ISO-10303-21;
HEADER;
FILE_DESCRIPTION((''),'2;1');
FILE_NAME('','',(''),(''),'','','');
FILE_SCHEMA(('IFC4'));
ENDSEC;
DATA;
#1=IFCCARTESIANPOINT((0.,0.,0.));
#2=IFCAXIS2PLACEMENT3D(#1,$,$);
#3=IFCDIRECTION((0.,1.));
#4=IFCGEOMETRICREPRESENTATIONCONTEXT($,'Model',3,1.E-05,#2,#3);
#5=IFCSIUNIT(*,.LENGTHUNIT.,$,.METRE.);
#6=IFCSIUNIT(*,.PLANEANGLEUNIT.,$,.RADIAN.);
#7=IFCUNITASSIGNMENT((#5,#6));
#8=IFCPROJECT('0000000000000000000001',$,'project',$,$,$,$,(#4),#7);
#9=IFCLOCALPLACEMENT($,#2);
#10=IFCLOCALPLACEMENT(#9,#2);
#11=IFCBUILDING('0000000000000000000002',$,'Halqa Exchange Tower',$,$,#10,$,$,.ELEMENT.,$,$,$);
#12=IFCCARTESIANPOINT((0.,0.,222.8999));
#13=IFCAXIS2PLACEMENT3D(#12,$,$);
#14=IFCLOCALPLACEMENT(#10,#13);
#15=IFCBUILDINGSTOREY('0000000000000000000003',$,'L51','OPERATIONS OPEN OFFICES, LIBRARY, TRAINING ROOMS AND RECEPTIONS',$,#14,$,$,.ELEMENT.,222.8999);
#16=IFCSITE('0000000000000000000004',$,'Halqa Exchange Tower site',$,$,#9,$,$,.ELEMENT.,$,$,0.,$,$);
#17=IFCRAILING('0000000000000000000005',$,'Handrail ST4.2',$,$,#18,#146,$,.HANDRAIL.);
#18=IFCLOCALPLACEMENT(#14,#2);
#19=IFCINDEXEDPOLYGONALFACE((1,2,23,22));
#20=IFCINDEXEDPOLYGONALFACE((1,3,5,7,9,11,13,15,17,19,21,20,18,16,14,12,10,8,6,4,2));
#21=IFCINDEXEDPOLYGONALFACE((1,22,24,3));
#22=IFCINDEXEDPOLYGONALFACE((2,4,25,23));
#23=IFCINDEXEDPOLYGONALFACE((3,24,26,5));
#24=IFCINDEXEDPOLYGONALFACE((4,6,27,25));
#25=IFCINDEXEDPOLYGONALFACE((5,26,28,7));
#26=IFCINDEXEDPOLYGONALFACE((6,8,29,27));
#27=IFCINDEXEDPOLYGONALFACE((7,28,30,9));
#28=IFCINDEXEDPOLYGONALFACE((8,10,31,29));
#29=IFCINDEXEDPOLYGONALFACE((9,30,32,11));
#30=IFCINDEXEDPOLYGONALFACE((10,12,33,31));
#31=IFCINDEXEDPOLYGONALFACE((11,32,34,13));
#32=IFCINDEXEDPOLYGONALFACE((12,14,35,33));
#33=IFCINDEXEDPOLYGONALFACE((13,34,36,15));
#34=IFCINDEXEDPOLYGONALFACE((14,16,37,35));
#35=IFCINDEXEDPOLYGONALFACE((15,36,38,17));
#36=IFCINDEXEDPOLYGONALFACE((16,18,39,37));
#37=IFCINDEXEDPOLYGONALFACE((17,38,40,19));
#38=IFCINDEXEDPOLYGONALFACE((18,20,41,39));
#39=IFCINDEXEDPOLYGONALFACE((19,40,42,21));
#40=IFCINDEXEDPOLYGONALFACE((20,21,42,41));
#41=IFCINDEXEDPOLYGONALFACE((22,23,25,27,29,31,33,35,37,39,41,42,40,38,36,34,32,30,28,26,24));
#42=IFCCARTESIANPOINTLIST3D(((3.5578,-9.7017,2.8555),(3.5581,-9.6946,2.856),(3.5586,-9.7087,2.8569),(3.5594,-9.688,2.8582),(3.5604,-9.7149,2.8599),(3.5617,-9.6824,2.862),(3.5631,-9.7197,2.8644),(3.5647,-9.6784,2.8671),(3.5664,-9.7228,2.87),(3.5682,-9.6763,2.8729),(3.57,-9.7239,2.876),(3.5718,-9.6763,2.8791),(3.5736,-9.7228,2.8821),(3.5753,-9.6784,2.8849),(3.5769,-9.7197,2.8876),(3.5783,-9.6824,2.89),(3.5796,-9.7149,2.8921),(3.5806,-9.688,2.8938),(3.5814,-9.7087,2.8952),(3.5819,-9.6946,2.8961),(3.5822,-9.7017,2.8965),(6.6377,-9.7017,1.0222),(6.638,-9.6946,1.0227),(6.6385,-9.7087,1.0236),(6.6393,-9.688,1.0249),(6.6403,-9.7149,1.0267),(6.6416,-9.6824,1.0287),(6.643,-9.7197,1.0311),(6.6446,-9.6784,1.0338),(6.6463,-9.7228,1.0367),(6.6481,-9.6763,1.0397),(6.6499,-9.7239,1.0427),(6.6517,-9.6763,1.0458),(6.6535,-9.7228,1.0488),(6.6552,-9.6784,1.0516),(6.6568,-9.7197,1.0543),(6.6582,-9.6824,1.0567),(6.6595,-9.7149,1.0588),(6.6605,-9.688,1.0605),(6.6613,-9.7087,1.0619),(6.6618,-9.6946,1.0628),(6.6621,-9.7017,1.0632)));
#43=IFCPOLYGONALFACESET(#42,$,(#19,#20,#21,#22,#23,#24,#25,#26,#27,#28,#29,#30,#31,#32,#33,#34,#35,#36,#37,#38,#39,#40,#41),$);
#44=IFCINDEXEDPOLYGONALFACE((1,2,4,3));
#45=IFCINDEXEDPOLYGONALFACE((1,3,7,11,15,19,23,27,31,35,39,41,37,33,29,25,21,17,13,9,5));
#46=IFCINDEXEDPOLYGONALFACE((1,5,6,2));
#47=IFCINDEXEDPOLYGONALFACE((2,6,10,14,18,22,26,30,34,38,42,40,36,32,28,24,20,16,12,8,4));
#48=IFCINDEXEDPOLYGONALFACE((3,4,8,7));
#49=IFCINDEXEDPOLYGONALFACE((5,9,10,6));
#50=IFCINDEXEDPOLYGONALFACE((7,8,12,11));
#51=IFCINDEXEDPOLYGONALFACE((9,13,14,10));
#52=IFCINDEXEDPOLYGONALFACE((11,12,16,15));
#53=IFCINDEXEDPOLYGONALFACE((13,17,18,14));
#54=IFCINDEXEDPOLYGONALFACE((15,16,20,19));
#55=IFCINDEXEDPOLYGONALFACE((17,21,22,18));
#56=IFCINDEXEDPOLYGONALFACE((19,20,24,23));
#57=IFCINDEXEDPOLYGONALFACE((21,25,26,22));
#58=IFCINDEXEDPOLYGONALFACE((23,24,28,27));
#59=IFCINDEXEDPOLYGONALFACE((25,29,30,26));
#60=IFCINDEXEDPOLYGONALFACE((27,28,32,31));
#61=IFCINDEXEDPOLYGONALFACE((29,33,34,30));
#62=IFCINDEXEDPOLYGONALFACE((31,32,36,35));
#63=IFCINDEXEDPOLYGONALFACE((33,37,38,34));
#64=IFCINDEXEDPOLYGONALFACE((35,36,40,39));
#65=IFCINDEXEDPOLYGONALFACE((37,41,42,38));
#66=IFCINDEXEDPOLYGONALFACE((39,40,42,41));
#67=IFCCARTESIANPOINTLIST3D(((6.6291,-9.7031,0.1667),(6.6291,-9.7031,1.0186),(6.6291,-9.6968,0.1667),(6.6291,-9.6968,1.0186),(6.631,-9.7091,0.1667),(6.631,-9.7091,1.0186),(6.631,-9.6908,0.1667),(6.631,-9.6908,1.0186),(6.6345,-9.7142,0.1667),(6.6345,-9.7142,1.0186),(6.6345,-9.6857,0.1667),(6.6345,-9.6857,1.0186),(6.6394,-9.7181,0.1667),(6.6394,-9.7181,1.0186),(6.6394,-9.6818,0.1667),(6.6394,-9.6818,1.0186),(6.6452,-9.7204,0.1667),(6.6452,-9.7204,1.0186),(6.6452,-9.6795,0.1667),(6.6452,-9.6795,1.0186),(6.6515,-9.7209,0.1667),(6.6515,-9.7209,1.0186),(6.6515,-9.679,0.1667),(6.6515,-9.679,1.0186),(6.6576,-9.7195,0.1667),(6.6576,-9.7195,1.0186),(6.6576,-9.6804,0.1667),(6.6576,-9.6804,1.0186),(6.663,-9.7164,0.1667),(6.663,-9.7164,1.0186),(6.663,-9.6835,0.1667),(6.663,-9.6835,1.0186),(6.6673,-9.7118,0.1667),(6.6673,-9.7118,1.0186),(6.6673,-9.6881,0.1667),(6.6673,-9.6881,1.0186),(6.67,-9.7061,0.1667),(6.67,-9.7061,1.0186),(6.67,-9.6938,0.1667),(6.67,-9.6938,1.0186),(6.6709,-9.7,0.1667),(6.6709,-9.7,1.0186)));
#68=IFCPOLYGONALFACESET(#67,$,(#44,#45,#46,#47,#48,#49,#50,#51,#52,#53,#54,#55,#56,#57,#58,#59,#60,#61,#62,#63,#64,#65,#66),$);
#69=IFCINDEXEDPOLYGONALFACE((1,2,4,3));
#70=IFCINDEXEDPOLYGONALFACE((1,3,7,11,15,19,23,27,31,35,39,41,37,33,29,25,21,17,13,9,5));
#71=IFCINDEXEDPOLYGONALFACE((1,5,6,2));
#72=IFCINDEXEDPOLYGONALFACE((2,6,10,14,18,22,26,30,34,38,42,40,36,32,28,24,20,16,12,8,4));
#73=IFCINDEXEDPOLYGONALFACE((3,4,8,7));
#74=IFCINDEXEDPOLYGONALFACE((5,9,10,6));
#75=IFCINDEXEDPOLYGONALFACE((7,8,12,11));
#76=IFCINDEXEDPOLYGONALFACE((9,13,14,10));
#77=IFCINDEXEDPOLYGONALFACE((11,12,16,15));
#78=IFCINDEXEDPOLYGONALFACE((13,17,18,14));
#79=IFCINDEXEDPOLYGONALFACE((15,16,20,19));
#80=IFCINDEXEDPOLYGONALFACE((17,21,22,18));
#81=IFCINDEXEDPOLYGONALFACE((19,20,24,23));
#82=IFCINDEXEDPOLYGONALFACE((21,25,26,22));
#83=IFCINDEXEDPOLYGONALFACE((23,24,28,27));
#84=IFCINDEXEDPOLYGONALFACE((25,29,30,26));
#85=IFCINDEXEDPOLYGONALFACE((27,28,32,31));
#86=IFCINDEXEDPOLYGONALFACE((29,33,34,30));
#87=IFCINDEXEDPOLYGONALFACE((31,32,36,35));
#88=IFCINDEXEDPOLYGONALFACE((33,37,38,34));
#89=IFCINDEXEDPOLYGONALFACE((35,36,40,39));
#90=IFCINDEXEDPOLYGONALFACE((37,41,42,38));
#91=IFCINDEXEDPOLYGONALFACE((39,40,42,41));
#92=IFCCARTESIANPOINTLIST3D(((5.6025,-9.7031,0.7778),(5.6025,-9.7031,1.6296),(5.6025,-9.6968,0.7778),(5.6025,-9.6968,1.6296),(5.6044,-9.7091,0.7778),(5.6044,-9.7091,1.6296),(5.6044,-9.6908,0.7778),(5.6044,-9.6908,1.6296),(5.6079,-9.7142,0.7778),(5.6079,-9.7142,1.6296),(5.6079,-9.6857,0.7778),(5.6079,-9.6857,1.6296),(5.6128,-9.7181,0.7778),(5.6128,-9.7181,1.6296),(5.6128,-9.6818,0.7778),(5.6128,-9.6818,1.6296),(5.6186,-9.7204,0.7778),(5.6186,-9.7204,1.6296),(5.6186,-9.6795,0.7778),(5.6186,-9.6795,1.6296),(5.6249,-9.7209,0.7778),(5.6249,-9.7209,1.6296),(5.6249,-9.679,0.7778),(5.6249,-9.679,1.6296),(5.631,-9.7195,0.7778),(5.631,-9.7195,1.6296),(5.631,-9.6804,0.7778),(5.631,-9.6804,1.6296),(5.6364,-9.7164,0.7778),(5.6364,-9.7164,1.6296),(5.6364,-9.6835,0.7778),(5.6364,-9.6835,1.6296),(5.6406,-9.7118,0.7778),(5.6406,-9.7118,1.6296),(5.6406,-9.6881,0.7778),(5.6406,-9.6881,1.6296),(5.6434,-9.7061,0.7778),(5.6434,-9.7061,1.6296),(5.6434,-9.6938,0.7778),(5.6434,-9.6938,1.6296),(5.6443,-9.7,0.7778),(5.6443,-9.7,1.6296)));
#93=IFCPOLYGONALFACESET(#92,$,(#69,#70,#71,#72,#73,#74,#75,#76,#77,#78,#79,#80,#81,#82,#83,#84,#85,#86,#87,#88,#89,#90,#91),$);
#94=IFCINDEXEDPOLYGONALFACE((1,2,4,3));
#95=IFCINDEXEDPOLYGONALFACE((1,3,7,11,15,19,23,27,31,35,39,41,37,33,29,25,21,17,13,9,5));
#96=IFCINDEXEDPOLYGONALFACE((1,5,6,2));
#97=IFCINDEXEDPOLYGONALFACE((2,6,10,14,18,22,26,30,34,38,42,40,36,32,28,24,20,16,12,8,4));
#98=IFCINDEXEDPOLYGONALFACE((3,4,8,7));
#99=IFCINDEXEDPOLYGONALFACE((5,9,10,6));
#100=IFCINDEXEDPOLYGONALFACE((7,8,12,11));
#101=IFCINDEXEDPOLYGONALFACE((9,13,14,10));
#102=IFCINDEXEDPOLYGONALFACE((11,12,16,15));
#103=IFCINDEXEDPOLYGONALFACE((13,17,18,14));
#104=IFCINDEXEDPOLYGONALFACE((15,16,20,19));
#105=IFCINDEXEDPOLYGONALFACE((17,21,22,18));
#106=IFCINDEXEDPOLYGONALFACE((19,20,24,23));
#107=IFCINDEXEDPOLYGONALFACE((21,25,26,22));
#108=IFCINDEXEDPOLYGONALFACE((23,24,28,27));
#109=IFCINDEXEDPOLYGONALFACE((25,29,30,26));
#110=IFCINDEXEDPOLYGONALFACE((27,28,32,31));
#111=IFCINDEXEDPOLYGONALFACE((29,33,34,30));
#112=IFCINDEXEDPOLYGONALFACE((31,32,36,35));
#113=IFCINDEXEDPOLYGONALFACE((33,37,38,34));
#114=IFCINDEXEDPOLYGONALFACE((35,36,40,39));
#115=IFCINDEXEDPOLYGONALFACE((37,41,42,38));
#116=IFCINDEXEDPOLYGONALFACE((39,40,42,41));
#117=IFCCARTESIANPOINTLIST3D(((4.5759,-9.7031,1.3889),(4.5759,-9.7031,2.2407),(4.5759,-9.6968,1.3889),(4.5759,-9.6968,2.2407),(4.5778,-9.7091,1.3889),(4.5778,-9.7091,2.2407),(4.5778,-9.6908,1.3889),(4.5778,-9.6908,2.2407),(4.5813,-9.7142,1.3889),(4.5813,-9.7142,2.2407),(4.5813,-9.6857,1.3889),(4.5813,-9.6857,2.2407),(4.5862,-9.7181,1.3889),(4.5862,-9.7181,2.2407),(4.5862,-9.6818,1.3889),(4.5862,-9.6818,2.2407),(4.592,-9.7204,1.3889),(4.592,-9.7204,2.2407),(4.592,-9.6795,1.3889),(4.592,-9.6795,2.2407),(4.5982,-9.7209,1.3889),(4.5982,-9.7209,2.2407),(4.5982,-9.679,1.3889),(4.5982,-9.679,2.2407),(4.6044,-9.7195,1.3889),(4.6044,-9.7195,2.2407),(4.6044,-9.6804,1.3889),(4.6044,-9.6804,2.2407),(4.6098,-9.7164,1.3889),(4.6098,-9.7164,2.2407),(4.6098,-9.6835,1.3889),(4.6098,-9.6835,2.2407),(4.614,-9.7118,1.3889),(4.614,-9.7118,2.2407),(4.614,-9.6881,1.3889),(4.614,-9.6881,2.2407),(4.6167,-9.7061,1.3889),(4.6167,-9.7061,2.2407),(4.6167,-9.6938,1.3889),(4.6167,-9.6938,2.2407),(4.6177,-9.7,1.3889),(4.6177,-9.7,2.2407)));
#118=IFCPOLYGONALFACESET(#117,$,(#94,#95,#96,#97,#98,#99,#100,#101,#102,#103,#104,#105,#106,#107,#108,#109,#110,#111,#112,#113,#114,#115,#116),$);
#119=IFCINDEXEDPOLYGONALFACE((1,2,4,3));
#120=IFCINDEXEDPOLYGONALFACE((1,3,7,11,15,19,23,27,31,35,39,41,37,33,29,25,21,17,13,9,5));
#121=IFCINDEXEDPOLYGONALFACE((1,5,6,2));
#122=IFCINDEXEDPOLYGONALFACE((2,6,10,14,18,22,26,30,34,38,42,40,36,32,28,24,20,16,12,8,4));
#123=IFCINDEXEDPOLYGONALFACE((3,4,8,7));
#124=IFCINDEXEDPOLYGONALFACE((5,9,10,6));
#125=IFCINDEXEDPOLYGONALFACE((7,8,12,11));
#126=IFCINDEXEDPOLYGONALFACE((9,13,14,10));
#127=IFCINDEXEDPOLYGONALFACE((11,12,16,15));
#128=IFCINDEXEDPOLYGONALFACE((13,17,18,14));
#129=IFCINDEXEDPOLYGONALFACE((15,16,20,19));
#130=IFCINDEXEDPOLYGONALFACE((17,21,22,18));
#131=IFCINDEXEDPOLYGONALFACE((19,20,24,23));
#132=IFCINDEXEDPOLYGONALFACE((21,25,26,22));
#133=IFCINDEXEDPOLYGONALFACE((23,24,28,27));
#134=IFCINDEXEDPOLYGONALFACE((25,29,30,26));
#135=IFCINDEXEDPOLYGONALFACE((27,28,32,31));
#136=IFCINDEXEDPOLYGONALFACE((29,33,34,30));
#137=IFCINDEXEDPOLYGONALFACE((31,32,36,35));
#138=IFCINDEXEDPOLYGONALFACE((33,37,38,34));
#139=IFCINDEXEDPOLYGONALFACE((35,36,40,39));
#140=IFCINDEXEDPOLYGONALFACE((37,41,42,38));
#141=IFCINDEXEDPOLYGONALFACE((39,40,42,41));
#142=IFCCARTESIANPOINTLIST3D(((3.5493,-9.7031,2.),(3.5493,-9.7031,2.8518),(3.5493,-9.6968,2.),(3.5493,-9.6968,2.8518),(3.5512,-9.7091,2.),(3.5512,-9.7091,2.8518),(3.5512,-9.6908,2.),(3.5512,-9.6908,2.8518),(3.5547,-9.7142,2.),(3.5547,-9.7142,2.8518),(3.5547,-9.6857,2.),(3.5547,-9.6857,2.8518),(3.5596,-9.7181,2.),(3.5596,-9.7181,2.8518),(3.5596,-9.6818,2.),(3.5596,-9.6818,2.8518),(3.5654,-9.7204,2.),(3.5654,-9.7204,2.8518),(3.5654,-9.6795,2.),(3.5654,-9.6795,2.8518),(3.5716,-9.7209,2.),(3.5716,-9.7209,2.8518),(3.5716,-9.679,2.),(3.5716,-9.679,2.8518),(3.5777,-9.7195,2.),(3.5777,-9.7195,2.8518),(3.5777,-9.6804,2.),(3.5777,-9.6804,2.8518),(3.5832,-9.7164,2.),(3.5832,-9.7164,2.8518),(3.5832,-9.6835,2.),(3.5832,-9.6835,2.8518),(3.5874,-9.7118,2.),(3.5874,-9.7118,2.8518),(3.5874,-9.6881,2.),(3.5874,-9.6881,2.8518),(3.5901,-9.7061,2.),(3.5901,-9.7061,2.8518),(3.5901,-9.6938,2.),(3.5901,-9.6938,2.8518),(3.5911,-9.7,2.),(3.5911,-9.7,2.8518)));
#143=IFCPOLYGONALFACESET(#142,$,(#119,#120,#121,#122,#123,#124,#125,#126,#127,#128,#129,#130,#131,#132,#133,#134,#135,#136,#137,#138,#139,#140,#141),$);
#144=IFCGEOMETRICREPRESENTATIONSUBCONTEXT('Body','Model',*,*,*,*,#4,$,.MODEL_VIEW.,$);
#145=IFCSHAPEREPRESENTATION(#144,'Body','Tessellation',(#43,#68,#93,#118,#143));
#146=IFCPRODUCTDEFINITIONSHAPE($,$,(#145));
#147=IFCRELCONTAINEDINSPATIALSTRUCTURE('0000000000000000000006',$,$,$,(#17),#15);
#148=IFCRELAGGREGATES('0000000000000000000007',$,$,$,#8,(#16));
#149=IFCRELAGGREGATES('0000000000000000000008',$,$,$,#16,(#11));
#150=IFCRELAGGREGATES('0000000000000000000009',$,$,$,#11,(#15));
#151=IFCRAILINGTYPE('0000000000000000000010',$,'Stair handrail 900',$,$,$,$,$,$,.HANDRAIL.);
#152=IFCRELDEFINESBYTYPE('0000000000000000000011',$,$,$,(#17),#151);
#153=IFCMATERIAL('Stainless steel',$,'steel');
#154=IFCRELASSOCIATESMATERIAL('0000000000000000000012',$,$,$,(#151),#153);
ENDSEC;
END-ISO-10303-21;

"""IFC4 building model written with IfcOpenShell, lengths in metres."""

from ifc_helpers import new_model, si_unit, direction, frame, origin, origin_2d, place, context, subcontext, project, spatial, circle, extrude, material, type_object, element, save


model = new_model("IFC4")

# Units and contexts
model_context = context("Model", 3, precision=1e-05, world=origin(), true_north=direction((0.0, 1.0)))
body_context = subcontext(model_context, "Body", "Model", "MODEL_VIEW")
ifc_project = project(units=[si_unit("LENGTHUNIT", "METRE"), si_unit("PLANEANGLEUNIT", "RADIAN")], contexts=[model_context])

# Site, building, storey
site_placement = place(None, origin())
site = spatial("IfcSite", under=ifc_project, at=site_placement, Name="Halqa Exchange Tower site", CompositionType="ELEMENT", RefElevation=0.0)
building_placement = place(site_placement, origin())
building = spatial("IfcBuilding", under=site, at=building_placement, Name="Halqa Exchange Tower", CompositionType="ELEMENT")
storey_placement = place(building_placement, frame((0.0, 0.0, 222.8999)))
storey = spatial("IfcBuildingStorey", under=building, at=storey_placement, Name="L51", Description="OPERATIONS OPEN OFFICES, LIBRARY, TRAINING ROOMS AND RECEPTIONS", CompositionType="ELEMENT", Elevation=222.8999)

# Railing
ifc_material_1 = material(Name="Stainless steel", Category="steel")
railing_type_1 = type_object("IfcRailingType", Name="Stair handrail 900", PredefinedType="HANDRAIL", material=ifc_material_1)
railing_1_placement = place(storey_placement, frame((6.6499, -9.7, 0.1667)))
element("IfcRailing", 1, at=railing_1_placement, inside=storey, type_object=railing_type_1, Name="Handrail ST4.2", PredefinedType="HANDRAIL", context=body_context, shape_type="SweptSolid", body=[
    extrude(circle(Radius=0.0239, at=origin_2d()), frame((0.0, 0.0, 0.876), z_axis=(-0.859291, 0.0, 0.511487), x_axis=(0.0, -1.0, 0.0)), (0.0, 0.0, 1.0), 3.5842),
    extrude(circle(Radius=0.021, at=origin_2d()), origin(), (0.0, 0.0, 1.0), 0.8518),
    extrude(circle(Radius=0.021, at=origin_2d()), frame((-1.0266, 0.0, 0.6111)), (0.0, 0.0, 1.0), 0.8518),
    extrude(circle(Radius=0.021, at=origin_2d()), frame((-2.0532, 0.0, 1.2222)), (0.0, 0.0, 1.0), 0.8518),
    extrude(circle(Radius=0.021, at=origin_2d()), frame((-3.0798, 0.0, 1.8333)), (0.0, 0.0, 1.0), 0.8518),
])

save(model, "model.ifc")
